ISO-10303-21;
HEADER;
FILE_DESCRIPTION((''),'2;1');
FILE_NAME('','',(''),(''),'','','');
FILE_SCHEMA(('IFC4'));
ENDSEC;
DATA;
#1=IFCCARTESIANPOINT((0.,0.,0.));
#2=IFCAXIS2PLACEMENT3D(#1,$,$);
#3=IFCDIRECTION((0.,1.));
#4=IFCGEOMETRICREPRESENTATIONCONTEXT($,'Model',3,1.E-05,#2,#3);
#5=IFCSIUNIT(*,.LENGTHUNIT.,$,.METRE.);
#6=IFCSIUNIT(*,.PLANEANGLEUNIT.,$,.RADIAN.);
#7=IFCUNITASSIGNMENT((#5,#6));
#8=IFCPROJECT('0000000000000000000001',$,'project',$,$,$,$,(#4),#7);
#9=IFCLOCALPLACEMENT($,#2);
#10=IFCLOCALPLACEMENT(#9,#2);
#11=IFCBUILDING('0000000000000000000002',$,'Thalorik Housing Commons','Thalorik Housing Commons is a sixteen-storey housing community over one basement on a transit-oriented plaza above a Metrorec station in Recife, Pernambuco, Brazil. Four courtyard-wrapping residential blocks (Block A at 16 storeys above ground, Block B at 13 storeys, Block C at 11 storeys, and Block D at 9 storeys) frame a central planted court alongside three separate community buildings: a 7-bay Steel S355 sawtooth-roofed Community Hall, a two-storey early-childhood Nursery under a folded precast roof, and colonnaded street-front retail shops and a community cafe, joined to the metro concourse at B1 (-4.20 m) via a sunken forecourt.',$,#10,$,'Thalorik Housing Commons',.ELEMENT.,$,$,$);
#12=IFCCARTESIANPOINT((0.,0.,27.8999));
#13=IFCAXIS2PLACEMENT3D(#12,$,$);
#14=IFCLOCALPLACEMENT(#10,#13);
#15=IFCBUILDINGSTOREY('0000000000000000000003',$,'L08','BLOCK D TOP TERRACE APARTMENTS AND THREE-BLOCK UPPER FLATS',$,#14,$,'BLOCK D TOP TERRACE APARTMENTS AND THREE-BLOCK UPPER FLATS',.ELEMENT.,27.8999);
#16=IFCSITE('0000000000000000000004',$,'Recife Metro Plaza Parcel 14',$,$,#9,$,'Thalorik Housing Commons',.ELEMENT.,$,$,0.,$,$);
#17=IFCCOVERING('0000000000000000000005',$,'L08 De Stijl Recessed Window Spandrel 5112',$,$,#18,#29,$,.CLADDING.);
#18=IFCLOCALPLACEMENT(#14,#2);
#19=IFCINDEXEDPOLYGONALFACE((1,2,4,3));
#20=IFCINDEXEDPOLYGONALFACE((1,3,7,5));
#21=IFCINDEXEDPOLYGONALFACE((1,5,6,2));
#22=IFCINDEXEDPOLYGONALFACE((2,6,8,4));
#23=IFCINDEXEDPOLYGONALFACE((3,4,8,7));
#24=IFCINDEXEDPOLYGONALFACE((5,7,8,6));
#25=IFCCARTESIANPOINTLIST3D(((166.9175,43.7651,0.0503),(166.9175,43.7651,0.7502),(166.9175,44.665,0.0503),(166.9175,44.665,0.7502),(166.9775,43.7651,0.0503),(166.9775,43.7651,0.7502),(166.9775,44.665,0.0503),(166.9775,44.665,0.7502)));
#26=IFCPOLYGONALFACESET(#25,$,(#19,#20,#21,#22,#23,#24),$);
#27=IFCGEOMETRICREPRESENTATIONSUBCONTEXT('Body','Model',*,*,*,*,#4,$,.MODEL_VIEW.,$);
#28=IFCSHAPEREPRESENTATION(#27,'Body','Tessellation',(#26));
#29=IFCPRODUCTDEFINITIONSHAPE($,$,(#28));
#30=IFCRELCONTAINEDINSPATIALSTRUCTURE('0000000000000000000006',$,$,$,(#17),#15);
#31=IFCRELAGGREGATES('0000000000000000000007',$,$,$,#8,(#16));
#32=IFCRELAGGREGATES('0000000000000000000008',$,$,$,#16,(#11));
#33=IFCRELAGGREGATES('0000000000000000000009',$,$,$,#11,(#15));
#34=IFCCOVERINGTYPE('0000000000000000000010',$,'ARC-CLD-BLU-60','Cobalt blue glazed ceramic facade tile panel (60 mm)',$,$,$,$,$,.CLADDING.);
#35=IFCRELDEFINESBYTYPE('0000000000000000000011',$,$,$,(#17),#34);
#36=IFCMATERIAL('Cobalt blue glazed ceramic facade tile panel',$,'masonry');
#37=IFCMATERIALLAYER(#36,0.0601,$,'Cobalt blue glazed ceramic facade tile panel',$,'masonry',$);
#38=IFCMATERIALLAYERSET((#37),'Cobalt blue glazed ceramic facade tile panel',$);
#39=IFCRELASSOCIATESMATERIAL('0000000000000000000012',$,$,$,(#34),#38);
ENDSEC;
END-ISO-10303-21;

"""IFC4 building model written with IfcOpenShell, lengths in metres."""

from ifc_helpers import new_model, si_unit, direction, frame, origin, origin_2d, place, context, subcontext, project, spatial, rectangle, extrude, material, layer, layer_set, type_object, element, save


model = new_model("IFC4")

# Units and contexts
model_context = context("Model", 3, precision=1e-05, world=origin(), true_north=direction((0.0, 1.0)))
body_context = subcontext(model_context, "Body", "Model", "MODEL_VIEW")
ifc_project = project(units=[si_unit("LENGTHUNIT", "METRE"), si_unit("PLANEANGLEUNIT", "RADIAN")], contexts=[model_context])

# Site, building, storey
site_placement = place(None, origin())
site = spatial("IfcSite", under=ifc_project, at=site_placement, Name="Recife Metro Plaza Parcel 14", LongName="Thalorik Housing Commons", CompositionType="ELEMENT", RefElevation=0.0)
building_placement = place(site_placement, origin())
building = spatial("IfcBuilding", under=site, at=building_placement, Name="Thalorik Housing Commons", Description="Thalorik Housing Commons is a sixteen-storey housing community over one basement on a transit-oriented plaza above a Metrorec station in Recife, Pernambuco, Brazil. Four courtyard-wrapping residential blocks (Block A at 16 storeys above ground, Block B at 13 storeys, Block C at 11 storeys, and Block D at 9 storeys) frame a central planted court alongside three separate community buildings: a 7-bay Steel S355 sawtooth-roofed Community Hall, a two-storey early-childhood Nursery under a folded precast roof, and colonnaded street-front retail shops and a community cafe, joined to the metro concourse at B1 (-4.20 m) via a sunken forecourt.", LongName="Thalorik Housing Commons", CompositionType="ELEMENT")
storey_placement = place(building_placement, frame((0.0, 0.0, 27.8999)))
storey = spatial("IfcBuildingStorey", under=building, at=storey_placement, Name="L08", Description="BLOCK D TOP TERRACE APARTMENTS AND THREE-BLOCK UPPER FLATS", LongName="BLOCK D TOP TERRACE APARTMENTS AND THREE-BLOCK UPPER FLATS", CompositionType="ELEMENT", Elevation=27.8999)

# Covering
ifc_material_1 = material(Name="Cobalt blue glazed ceramic facade tile panel", Category="masonry")
ifc_layer_1 = layer(ifc_material_1, 0.0601, Name="Cobalt blue glazed ceramic facade tile panel", Category="masonry")
ifc_layer_set_1 = layer_set([ifc_layer_1], Name="Cobalt blue glazed ceramic facade tile panel")
covering_type_1 = type_object("IfcCoveringType", Name="ARC-CLD-BLU-60", Description="Cobalt blue glazed ceramic facade tile panel (60 mm)", PredefinedType="CLADDING", material=ifc_layer_set_1)
covering_1_placement = place(storey_placement, frame((166.9475, 44.2151, 0.0503), z_axis=(0.0, 0.0, 1.0), x_axis=(0.0, 1.0, 0.0)))
element("IfcCovering", 1, at=covering_1_placement, inside=storey, type_object=covering_type_1, Name="L08 De Stijl Recessed Window Spandrel 5112", PredefinedType="CLADDING", context=body_context, shape_type="SweptSolid", body=[
    extrude(rectangle(XDim=0.8999, YDim=0.0601, at=origin_2d()), origin(), (0.0, 0.0, 1.0), 0.7),
])

save(model, "model.ifc")
